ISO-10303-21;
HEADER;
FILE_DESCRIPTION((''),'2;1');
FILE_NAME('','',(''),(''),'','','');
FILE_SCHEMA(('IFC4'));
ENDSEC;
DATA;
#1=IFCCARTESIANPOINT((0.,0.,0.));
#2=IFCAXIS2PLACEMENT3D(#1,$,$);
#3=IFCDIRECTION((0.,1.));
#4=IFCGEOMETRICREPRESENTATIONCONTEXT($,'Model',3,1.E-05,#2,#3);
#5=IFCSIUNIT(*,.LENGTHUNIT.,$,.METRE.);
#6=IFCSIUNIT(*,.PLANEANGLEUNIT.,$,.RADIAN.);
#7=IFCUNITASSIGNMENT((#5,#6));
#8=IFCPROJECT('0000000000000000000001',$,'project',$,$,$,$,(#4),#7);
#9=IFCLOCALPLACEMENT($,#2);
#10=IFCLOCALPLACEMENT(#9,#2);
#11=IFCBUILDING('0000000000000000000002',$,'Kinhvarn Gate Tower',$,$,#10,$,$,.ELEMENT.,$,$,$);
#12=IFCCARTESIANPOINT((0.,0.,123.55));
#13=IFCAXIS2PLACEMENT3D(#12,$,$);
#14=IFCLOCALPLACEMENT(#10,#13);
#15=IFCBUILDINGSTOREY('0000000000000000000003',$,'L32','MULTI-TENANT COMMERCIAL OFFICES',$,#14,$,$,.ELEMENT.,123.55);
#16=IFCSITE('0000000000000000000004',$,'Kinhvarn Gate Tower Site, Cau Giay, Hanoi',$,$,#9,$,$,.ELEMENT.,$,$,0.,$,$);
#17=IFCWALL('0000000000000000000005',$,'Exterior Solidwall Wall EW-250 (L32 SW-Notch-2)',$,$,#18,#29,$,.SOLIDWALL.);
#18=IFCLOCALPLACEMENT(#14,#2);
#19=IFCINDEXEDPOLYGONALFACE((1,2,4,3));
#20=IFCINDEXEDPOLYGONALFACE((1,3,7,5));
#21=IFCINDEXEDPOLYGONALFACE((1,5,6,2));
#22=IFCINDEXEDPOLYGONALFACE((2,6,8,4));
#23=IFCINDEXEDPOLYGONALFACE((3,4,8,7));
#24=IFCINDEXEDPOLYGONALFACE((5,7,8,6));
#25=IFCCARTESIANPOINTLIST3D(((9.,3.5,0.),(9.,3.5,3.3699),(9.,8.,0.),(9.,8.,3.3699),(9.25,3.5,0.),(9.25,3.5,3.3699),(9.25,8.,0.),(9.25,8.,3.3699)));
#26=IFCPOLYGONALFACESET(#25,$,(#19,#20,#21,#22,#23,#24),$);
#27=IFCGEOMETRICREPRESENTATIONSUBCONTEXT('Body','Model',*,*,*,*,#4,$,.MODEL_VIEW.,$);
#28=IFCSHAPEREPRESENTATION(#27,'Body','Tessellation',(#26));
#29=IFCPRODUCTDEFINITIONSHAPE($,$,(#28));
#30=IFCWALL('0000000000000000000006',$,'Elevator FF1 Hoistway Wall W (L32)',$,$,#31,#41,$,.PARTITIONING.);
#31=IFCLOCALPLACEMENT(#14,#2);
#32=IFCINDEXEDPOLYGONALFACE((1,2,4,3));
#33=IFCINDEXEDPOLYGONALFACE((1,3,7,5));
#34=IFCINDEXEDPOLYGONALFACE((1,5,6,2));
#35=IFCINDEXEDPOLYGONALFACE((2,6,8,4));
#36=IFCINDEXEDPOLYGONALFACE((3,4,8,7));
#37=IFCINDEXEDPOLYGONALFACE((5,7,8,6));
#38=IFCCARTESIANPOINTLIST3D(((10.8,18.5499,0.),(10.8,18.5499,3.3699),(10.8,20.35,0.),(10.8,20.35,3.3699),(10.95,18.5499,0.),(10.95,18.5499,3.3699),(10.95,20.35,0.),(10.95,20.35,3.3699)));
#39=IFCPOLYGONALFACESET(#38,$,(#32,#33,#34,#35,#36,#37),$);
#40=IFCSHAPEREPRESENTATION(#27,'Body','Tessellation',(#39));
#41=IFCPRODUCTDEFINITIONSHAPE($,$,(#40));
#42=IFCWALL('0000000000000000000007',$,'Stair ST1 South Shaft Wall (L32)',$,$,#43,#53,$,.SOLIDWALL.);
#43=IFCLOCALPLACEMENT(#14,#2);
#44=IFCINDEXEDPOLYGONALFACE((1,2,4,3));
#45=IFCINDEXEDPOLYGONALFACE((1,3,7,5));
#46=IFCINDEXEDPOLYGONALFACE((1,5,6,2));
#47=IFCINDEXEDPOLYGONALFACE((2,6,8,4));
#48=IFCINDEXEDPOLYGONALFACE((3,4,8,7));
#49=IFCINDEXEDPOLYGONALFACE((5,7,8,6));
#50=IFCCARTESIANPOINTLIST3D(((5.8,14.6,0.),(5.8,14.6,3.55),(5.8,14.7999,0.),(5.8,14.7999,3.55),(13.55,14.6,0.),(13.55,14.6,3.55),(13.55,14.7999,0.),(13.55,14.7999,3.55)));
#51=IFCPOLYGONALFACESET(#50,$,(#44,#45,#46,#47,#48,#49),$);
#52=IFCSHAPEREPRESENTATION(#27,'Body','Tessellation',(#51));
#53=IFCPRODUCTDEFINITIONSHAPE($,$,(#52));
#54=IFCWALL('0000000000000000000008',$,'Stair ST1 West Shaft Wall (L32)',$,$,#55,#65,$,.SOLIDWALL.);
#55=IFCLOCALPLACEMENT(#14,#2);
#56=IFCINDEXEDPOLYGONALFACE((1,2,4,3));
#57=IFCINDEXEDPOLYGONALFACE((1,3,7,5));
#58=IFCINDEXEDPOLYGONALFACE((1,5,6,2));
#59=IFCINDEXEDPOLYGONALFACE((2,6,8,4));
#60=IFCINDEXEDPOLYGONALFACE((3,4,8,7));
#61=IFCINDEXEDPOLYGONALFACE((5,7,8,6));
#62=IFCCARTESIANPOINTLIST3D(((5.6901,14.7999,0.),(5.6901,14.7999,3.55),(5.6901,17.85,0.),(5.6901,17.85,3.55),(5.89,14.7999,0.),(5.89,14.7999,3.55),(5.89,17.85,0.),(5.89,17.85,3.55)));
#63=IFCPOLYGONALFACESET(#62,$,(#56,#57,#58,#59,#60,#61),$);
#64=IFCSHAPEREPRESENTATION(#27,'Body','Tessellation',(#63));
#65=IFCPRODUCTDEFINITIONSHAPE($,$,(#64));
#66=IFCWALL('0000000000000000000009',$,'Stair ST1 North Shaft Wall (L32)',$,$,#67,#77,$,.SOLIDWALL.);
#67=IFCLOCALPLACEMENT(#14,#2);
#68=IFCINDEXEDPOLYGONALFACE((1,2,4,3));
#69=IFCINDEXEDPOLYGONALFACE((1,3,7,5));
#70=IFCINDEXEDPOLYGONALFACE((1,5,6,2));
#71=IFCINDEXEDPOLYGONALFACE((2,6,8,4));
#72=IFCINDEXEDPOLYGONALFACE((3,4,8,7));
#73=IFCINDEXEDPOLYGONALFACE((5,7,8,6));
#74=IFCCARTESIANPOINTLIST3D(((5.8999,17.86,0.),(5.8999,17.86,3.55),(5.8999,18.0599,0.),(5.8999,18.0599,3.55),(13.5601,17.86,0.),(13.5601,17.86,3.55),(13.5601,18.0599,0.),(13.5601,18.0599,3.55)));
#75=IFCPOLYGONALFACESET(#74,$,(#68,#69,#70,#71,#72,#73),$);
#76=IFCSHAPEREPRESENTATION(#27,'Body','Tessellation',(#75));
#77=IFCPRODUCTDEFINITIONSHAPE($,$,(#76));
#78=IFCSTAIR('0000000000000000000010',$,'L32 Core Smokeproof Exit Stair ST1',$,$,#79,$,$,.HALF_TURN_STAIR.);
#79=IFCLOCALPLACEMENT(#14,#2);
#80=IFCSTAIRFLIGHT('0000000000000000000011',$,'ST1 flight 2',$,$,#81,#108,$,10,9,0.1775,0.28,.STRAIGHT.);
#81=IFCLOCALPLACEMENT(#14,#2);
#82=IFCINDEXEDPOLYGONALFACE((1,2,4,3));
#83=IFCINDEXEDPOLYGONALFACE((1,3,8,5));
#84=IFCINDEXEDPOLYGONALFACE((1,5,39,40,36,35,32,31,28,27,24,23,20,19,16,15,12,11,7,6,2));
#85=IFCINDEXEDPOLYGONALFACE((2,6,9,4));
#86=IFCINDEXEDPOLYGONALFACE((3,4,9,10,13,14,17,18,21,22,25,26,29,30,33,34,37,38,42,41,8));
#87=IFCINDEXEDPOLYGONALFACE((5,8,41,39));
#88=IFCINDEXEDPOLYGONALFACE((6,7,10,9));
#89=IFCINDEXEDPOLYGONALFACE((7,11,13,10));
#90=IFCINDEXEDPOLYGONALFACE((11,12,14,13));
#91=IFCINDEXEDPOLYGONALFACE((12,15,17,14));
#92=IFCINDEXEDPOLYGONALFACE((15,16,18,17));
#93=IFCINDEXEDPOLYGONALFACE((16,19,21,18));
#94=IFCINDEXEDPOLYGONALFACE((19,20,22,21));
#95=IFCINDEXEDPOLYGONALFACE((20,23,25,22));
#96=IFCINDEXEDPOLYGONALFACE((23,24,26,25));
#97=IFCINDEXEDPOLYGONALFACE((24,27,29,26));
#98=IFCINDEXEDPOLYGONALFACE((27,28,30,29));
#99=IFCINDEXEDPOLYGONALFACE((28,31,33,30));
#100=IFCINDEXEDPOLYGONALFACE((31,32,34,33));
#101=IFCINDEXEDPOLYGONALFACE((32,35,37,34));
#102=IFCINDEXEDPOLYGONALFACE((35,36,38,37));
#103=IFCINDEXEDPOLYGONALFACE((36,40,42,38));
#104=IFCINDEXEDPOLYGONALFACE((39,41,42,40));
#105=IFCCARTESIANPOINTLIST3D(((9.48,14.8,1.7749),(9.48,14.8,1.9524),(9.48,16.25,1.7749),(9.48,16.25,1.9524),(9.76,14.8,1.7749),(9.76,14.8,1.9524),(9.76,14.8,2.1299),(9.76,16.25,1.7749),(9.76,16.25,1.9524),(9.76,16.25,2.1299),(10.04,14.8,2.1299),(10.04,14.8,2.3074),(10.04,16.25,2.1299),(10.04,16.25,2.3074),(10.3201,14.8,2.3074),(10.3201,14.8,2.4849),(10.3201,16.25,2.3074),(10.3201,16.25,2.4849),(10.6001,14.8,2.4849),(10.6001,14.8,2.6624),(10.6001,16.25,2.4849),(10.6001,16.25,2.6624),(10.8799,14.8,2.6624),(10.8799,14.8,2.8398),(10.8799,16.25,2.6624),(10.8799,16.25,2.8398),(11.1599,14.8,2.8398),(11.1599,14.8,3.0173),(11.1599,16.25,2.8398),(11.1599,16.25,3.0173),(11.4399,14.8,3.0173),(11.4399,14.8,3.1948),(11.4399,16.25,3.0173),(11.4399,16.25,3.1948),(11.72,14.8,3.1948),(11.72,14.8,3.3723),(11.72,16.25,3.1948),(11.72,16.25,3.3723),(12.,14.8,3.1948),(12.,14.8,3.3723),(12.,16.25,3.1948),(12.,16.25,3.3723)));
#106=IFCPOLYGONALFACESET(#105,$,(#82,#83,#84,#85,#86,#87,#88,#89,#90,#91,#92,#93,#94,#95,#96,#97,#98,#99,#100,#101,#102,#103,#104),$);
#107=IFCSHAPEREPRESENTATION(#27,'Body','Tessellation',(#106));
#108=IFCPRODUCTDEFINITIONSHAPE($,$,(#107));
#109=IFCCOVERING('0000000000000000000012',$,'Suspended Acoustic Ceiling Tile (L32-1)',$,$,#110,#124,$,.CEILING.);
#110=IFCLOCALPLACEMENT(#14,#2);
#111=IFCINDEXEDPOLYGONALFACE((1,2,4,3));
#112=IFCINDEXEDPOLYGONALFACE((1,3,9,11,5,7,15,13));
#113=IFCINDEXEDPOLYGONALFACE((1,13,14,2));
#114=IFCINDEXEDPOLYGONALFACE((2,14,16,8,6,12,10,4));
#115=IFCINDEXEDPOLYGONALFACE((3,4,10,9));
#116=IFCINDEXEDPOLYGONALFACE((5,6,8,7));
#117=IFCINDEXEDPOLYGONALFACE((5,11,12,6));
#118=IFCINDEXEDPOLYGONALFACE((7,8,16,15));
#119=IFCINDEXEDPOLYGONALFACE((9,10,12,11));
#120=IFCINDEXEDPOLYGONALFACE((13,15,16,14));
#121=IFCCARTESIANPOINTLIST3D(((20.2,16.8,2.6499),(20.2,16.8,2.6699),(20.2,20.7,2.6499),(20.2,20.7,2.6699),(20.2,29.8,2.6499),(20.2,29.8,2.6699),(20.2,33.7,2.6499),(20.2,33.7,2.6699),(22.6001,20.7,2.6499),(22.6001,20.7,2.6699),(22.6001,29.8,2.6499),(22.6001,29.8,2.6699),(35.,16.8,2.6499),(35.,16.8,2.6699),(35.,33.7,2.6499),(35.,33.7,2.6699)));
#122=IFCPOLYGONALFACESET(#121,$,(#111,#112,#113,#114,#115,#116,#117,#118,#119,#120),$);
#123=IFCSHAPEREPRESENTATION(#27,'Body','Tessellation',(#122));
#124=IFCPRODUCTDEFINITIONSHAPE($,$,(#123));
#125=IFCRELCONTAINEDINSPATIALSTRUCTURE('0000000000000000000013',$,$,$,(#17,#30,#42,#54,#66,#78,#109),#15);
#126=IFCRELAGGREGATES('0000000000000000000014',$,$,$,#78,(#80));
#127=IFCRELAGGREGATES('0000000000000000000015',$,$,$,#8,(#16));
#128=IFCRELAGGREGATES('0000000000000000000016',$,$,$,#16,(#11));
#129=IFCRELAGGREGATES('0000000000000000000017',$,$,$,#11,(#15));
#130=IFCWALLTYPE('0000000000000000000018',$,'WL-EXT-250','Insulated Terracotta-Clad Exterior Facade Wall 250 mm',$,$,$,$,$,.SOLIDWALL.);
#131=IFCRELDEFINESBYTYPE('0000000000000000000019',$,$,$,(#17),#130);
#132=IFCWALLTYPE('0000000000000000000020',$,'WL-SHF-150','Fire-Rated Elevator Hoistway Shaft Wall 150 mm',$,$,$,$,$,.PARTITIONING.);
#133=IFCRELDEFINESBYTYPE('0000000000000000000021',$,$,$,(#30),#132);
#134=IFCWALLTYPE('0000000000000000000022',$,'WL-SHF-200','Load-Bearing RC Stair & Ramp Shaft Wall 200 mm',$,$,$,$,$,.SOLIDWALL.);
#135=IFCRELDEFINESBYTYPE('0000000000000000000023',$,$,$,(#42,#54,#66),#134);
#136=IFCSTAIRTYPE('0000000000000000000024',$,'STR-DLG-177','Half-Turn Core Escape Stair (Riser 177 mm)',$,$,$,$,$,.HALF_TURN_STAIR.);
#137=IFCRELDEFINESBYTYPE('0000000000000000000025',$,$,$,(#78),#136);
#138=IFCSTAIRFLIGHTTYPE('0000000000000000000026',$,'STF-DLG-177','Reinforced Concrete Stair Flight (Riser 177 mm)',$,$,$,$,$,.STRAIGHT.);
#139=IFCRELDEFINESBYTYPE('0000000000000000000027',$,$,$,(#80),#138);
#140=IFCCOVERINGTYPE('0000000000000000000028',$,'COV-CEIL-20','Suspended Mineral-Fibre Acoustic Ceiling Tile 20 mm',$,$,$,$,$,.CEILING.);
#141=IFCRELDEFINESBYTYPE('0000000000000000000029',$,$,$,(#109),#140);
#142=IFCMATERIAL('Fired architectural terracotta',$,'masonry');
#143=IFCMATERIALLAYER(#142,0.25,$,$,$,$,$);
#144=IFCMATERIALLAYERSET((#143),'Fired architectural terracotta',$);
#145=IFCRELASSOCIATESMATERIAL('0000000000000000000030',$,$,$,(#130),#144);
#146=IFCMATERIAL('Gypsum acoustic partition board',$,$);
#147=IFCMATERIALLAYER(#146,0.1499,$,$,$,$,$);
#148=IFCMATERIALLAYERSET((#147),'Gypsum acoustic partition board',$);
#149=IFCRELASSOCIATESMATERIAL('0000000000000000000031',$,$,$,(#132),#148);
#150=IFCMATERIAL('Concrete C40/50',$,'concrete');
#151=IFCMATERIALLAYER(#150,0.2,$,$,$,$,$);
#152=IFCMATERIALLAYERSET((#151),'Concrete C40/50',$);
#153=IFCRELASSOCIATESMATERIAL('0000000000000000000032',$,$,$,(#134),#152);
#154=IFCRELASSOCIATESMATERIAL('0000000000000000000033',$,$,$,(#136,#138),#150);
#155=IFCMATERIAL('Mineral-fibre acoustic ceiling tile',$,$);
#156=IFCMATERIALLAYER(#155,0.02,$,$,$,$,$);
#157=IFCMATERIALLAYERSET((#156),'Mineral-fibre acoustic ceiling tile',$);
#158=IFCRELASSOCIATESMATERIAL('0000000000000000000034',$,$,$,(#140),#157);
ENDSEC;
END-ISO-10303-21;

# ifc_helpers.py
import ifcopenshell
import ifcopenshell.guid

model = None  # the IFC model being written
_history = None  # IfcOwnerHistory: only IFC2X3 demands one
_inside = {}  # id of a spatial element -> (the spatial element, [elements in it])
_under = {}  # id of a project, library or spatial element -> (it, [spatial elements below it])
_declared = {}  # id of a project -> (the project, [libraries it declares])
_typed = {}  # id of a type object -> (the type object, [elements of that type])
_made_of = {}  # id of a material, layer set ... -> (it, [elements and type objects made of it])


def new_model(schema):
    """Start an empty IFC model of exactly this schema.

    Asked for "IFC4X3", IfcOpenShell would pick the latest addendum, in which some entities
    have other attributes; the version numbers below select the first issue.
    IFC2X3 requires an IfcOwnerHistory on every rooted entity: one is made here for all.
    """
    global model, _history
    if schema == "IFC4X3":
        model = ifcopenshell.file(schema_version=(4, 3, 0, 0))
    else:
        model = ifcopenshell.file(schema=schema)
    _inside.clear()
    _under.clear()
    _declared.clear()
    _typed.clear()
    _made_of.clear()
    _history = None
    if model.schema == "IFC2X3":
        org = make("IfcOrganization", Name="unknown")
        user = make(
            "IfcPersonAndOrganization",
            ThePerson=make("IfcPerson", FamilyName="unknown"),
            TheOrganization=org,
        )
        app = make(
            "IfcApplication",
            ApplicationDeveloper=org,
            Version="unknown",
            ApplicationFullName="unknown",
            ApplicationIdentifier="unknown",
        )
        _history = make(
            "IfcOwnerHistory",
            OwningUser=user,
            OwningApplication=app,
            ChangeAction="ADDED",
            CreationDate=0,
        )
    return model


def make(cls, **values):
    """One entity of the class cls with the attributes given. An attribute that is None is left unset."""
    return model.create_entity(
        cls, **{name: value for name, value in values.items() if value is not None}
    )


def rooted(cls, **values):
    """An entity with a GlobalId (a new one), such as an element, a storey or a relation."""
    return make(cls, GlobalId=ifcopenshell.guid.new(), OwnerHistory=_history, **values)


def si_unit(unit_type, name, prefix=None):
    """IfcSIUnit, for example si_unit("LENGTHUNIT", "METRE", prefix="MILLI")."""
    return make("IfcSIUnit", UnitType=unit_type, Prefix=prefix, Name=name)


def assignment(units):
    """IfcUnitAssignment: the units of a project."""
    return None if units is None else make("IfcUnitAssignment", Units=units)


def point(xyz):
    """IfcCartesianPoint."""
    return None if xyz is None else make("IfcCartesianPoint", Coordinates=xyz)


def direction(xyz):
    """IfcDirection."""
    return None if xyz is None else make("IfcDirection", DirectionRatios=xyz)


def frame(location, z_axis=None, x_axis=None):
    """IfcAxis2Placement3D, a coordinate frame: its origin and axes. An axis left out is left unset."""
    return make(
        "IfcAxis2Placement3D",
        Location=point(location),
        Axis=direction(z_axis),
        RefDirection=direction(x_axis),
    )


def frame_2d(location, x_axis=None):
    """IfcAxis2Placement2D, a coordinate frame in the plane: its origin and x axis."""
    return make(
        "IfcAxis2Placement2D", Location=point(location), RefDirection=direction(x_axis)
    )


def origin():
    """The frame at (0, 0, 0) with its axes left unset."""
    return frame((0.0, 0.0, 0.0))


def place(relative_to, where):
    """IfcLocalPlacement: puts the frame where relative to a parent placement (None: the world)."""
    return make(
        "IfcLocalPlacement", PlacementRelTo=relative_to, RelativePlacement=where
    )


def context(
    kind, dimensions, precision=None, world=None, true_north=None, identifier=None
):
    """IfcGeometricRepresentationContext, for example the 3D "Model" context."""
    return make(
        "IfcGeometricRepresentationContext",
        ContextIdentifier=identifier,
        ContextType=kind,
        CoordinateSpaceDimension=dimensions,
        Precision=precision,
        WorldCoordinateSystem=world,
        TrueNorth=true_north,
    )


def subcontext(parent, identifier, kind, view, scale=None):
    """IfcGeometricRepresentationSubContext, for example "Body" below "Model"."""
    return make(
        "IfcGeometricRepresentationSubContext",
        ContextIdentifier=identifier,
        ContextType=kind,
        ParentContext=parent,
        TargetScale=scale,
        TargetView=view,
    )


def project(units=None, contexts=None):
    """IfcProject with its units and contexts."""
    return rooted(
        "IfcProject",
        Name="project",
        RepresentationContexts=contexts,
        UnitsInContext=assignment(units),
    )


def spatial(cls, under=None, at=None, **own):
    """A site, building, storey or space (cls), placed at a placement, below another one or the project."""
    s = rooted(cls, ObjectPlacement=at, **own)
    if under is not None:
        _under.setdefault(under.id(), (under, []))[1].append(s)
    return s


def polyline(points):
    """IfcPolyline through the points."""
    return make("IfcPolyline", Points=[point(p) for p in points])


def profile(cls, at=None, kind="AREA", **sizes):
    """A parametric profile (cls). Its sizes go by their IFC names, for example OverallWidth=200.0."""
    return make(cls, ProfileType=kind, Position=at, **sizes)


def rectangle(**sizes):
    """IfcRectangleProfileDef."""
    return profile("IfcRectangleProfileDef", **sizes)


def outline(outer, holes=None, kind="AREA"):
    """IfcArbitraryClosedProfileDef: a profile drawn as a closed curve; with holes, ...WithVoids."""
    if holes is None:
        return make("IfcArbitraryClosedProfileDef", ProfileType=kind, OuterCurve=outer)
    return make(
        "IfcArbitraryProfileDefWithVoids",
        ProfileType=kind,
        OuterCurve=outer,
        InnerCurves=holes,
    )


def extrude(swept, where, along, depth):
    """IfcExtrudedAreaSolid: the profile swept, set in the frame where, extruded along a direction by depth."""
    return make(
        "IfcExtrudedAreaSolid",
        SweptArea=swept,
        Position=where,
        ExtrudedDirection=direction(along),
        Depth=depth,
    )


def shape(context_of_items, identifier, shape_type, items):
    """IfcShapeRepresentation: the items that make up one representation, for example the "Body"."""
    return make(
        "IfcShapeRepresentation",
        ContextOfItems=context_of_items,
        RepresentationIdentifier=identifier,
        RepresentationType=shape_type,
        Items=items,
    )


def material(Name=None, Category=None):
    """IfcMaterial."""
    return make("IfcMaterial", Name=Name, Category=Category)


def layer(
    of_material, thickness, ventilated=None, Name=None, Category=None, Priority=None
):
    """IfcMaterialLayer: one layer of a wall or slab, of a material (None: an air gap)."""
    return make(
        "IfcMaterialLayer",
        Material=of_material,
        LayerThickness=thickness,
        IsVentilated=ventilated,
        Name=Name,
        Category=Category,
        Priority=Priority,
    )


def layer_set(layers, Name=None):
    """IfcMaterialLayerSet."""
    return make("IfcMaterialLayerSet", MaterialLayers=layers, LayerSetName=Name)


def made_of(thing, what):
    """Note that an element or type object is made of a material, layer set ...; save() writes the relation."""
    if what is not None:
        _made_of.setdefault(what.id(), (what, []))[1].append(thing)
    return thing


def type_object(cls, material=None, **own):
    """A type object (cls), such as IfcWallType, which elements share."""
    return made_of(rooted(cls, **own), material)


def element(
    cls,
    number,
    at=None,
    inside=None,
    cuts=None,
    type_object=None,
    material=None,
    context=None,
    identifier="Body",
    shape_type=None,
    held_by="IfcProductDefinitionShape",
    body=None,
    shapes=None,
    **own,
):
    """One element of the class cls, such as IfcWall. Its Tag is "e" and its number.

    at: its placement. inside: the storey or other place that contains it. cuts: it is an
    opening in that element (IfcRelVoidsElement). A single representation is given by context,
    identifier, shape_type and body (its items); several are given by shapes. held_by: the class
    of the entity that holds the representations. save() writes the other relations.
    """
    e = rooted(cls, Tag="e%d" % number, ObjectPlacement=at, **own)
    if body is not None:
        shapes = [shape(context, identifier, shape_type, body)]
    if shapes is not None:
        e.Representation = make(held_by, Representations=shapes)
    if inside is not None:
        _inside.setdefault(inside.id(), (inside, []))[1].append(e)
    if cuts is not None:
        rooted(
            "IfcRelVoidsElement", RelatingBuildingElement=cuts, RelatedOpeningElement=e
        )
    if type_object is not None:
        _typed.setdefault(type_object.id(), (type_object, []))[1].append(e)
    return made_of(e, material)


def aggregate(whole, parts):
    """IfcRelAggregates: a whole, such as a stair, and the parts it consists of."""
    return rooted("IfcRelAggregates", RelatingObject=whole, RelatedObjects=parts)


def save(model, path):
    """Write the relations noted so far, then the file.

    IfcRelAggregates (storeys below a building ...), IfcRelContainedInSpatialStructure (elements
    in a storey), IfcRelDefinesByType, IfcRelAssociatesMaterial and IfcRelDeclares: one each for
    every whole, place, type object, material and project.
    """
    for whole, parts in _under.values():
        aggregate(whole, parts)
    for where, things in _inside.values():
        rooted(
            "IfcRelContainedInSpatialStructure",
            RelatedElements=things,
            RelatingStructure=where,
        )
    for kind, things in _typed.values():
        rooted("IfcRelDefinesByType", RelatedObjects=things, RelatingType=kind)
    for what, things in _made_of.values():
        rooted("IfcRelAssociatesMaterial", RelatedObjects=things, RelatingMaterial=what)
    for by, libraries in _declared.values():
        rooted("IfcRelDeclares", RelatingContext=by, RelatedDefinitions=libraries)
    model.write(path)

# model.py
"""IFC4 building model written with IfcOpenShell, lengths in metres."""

from ifc_helpers import new_model, si_unit, direction, frame, frame_2d, origin, place, context, subcontext, project, spatial, polyline, rectangle, outline, extrude, material, layer, layer_set, type_object, element, aggregate, save


model = new_model("IFC4")

# Units and contexts
model_context = context("Model", 3, precision=1e-05, world=origin(), true_north=direction((0.0, 1.0)))
body_context = subcontext(model_context, "Body", "Model", "MODEL_VIEW")
ifc_project = project(units=[si_unit("LENGTHUNIT", "METRE"), si_unit("PLANEANGLEUNIT", "RADIAN")], contexts=[model_context])

# Site, building, storey
site_placement = place(None, origin())
site = spatial("IfcSite", under=ifc_project, at=site_placement, Name="Kinhvarn Gate Tower Site, Cau Giay, Hanoi", CompositionType="ELEMENT", RefElevation=0.0)
building_placement = place(site_placement, origin())
building = spatial("IfcBuilding", under=site, at=building_placement, Name="Kinhvarn Gate Tower", CompositionType="ELEMENT")
storey_placement = place(building_placement, frame((0.0, 0.0, 123.55)))
storey = spatial("IfcBuildingStorey", under=building, at=storey_placement, Name="L32", Description="MULTI-TENANT COMMERCIAL OFFICES", CompositionType="ELEMENT", Elevation=123.55)

# Shared definitions
ifc_material_1 = material(Name="Fired architectural terracotta", Category="masonry")
ifc_layer_1 = layer(ifc_material_1, 0.25)
ifc_layer_set_1 = layer_set([ifc_layer_1], Name="Fired architectural terracotta")
wall_type_1 = type_object("IfcWallType", Name="WL-EXT-250", Description="Insulated Terracotta-Clad Exterior Facade Wall 250 mm", PredefinedType="SOLIDWALL", material=ifc_layer_set_1)

# Walls
wall_1_placement = place(storey_placement, frame((9.125, 8.0, 0.0), z_axis=(0.0, 0.0, 1.0), x_axis=(0.0, -1.0, 0.0)))
element("IfcWall", 1, at=wall_1_placement, inside=storey, type_object=wall_type_1, Name="Exterior Solidwall Wall EW-250 (L32 SW-Notch-2)", PredefinedType="SOLIDWALL", context=body_context, shape_type="SweptSolid", body=[
    extrude(rectangle(XDim=4.5, YDim=0.25, at=frame_2d((2.25, 0.0))), origin(), (0.0, 0.0, 1.0), 3.3699),
])
ifc_material_2 = material(Name="Gypsum acoustic partition board")
ifc_layer_2 = layer(ifc_material_2, 0.1499)
ifc_layer_set_2 = layer_set([ifc_layer_2], Name="Gypsum acoustic partition board")
wall_type_2 = type_object("IfcWallType", Name="WL-SHF-150", Description="Fire-Rated Elevator Hoistway Shaft Wall 150 mm", PredefinedType="PARTITIONING", material=ifc_layer_set_2)
wall_2_placement = place(storey_placement, frame((10.875, 18.55, 0.0), z_axis=(0.0, 0.0, 1.0), x_axis=(0.0, 1.0, 0.0)))
element("IfcWall", 2, at=wall_2_placement, inside=storey, type_object=wall_type_2, Name="Elevator FF1 Hoistway Wall W (L32)", PredefinedType="PARTITIONING", context=body_context, shape_type="SweptSolid", body=[
    extrude(rectangle(XDim=1.8, YDim=0.1499, at=frame_2d((0.8999, 0.0))), origin(), (0.0, 0.0, 1.0), 3.3699),
])
ifc_material_3 = material(Name="Concrete C40/50", Category="concrete")
ifc_layer_3 = layer(ifc_material_3, 0.2)
ifc_layer_set_3 = layer_set([ifc_layer_3], Name="Concrete C40/50")
wall_type_3 = type_object("IfcWallType", Name="WL-SHF-200", Description="Load-Bearing RC Stair & Ramp Shaft Wall 200 mm", PredefinedType="SOLIDWALL", material=ifc_layer_set_3)
wall_3_placement = place(storey_placement, frame((5.8, 14.7, 0.0), z_axis=(0.0, 0.0, 1.0), x_axis=(1.0, 0.0, 0.0)))
element("IfcWall", 3, at=wall_3_placement, inside=storey, type_object=wall_type_3, Name="Stair ST1 South Shaft Wall (L32)", PredefinedType="SOLIDWALL", context=body_context, shape_type="SweptSolid", body=[
    extrude(rectangle(XDim=7.75, YDim=0.2, at=frame_2d((3.875, 0.0))), origin(), (0.0, 0.0, 1.0), 3.55),
])
wall_4_placement = place(storey_placement, frame((5.79, 14.8, 0.0), z_axis=(0.0, 0.0, 1.0), x_axis=(0.0, 1.0, 0.0)))
element("IfcWall", 4, at=wall_4_placement, inside=storey, type_object=wall_type_3, Name="Stair ST1 West Shaft Wall (L32)", PredefinedType="SOLIDWALL", context=body_context, shape_type="SweptSolid", body=[
    extrude(rectangle(XDim=3.05, YDim=0.2, at=frame_2d((1.5249, 0.0))), origin(), (0.0, 0.0, 1.0), 3.55),
])
wall_5_placement = place(storey_placement, frame((5.8999, 17.96, 0.0), z_axis=(0.0, 0.0, 1.0), x_axis=(1.0, 0.0, 0.0)))
element("IfcWall", 5, at=wall_5_placement, inside=storey, type_object=wall_type_3, Name="Stair ST1 North Shaft Wall (L32)", PredefinedType="SOLIDWALL", context=body_context, shape_type="SweptSolid", body=[
    extrude(rectangle(XDim=7.6602, YDim=0.2, at=frame_2d((3.8301, 0.0))), origin(), (0.0, 0.0, 1.0), 3.55),
])

# Stair, stair flight
stair_type = type_object("IfcStairType", Name="STR-DLG-177", Description="Half-Turn Core Escape Stair (Riser 177 mm)", PredefinedType="HALF_TURN_STAIR", material=ifc_material_3)
stair_placement = place(storey_placement, origin())
stair = element("IfcStair", 6, at=stair_placement, inside=storey, type_object=stair_type, Name="L32 Core Smokeproof Exit Stair ST1", PredefinedType="HALF_TURN_STAIR")
stair_flight_type = type_object("IfcStairFlightType", Name="STF-DLG-177", Description="Reinforced Concrete Stair Flight (Riser 177 mm)", PredefinedType="STRAIGHT", material=ifc_material_3)
stair_flight_placement = place(storey_placement, frame((9.48, 15.5249, 1.7749), z_axis=(0.0, 0.0, 1.0), x_axis=(1.0, 0.0, 0.0)))
stair_flight = element("IfcStairFlight", 7, at=stair_flight_placement, type_object=stair_flight_type, Name="ST1 flight 2", NumberOfRisers=10, NumberOfTreads=9, PredefinedType="STRAIGHT", RiserHeight=0.1775, TreadLength=0.28, context=body_context, shape_type="SweptSolid", body=[
    extrude(outline(polyline([(0.0, 0.0), (0.0, 0.1775), (0.28, 0.1775), (0.28, 0.355), (0.5601, 0.355), (0.5601, 0.5325), (0.8401, 0.5325), (0.8401, 0.71), (1.1201, 0.71), (1.1201, 0.8875), (1.3999, 0.8875), (1.3999, 1.0649), (1.6799, 1.0649), (1.6799, 1.2424), (1.96, 1.2424), (1.96, 1.4199), (2.24, 1.4199), (2.24, 1.5974), (2.52, 1.5974), (2.52, 1.7749), (2.52, 1.4199), (0.28, 0.0), (0.0, 0.0)])), frame((0.0, 0.7251, 0.0), z_axis=(0.0, -1.0, 0.0), x_axis=(1.0, 0.0, 0.0)), (0.0, 0.0, 1.0), 1.45),
])
aggregate(stair, [stair_flight])

# Covering
ifc_material_4 = material(Name="Mineral-fibre acoustic ceiling tile")
ifc_layer_4 = layer(ifc_material_4, 0.02)
ifc_layer_set_4 = layer_set([ifc_layer_4], Name="Mineral-fibre acoustic ceiling tile")
covering_type = type_object("IfcCoveringType", Name="COV-CEIL-20", Description="Suspended Mineral-Fibre Acoustic Ceiling Tile 20 mm", PredefinedType="CEILING", material=ifc_layer_set_4)
covering_placement = place(storey_placement, frame((0.0, 0.0, 2.6499)))
element("IfcCovering", 8, at=covering_placement, inside=storey, type_object=covering_type, Name="Suspended Acoustic Ceiling Tile (L32-1)", PredefinedType="CEILING", context=body_context, shape_type="SweptSolid", body=[
    extrude(outline(polyline([(35.0, 33.7), (35.0, 16.8), (20.2, 16.8), (20.2, 20.7), (22.6001, 20.7), (22.6001, 29.8), (20.2, 29.8), (20.2, 33.7), (35.0, 33.7)])), origin(), (0.0, 0.0, 1.0), 0.02),
])

save(model, "model.ifc")
